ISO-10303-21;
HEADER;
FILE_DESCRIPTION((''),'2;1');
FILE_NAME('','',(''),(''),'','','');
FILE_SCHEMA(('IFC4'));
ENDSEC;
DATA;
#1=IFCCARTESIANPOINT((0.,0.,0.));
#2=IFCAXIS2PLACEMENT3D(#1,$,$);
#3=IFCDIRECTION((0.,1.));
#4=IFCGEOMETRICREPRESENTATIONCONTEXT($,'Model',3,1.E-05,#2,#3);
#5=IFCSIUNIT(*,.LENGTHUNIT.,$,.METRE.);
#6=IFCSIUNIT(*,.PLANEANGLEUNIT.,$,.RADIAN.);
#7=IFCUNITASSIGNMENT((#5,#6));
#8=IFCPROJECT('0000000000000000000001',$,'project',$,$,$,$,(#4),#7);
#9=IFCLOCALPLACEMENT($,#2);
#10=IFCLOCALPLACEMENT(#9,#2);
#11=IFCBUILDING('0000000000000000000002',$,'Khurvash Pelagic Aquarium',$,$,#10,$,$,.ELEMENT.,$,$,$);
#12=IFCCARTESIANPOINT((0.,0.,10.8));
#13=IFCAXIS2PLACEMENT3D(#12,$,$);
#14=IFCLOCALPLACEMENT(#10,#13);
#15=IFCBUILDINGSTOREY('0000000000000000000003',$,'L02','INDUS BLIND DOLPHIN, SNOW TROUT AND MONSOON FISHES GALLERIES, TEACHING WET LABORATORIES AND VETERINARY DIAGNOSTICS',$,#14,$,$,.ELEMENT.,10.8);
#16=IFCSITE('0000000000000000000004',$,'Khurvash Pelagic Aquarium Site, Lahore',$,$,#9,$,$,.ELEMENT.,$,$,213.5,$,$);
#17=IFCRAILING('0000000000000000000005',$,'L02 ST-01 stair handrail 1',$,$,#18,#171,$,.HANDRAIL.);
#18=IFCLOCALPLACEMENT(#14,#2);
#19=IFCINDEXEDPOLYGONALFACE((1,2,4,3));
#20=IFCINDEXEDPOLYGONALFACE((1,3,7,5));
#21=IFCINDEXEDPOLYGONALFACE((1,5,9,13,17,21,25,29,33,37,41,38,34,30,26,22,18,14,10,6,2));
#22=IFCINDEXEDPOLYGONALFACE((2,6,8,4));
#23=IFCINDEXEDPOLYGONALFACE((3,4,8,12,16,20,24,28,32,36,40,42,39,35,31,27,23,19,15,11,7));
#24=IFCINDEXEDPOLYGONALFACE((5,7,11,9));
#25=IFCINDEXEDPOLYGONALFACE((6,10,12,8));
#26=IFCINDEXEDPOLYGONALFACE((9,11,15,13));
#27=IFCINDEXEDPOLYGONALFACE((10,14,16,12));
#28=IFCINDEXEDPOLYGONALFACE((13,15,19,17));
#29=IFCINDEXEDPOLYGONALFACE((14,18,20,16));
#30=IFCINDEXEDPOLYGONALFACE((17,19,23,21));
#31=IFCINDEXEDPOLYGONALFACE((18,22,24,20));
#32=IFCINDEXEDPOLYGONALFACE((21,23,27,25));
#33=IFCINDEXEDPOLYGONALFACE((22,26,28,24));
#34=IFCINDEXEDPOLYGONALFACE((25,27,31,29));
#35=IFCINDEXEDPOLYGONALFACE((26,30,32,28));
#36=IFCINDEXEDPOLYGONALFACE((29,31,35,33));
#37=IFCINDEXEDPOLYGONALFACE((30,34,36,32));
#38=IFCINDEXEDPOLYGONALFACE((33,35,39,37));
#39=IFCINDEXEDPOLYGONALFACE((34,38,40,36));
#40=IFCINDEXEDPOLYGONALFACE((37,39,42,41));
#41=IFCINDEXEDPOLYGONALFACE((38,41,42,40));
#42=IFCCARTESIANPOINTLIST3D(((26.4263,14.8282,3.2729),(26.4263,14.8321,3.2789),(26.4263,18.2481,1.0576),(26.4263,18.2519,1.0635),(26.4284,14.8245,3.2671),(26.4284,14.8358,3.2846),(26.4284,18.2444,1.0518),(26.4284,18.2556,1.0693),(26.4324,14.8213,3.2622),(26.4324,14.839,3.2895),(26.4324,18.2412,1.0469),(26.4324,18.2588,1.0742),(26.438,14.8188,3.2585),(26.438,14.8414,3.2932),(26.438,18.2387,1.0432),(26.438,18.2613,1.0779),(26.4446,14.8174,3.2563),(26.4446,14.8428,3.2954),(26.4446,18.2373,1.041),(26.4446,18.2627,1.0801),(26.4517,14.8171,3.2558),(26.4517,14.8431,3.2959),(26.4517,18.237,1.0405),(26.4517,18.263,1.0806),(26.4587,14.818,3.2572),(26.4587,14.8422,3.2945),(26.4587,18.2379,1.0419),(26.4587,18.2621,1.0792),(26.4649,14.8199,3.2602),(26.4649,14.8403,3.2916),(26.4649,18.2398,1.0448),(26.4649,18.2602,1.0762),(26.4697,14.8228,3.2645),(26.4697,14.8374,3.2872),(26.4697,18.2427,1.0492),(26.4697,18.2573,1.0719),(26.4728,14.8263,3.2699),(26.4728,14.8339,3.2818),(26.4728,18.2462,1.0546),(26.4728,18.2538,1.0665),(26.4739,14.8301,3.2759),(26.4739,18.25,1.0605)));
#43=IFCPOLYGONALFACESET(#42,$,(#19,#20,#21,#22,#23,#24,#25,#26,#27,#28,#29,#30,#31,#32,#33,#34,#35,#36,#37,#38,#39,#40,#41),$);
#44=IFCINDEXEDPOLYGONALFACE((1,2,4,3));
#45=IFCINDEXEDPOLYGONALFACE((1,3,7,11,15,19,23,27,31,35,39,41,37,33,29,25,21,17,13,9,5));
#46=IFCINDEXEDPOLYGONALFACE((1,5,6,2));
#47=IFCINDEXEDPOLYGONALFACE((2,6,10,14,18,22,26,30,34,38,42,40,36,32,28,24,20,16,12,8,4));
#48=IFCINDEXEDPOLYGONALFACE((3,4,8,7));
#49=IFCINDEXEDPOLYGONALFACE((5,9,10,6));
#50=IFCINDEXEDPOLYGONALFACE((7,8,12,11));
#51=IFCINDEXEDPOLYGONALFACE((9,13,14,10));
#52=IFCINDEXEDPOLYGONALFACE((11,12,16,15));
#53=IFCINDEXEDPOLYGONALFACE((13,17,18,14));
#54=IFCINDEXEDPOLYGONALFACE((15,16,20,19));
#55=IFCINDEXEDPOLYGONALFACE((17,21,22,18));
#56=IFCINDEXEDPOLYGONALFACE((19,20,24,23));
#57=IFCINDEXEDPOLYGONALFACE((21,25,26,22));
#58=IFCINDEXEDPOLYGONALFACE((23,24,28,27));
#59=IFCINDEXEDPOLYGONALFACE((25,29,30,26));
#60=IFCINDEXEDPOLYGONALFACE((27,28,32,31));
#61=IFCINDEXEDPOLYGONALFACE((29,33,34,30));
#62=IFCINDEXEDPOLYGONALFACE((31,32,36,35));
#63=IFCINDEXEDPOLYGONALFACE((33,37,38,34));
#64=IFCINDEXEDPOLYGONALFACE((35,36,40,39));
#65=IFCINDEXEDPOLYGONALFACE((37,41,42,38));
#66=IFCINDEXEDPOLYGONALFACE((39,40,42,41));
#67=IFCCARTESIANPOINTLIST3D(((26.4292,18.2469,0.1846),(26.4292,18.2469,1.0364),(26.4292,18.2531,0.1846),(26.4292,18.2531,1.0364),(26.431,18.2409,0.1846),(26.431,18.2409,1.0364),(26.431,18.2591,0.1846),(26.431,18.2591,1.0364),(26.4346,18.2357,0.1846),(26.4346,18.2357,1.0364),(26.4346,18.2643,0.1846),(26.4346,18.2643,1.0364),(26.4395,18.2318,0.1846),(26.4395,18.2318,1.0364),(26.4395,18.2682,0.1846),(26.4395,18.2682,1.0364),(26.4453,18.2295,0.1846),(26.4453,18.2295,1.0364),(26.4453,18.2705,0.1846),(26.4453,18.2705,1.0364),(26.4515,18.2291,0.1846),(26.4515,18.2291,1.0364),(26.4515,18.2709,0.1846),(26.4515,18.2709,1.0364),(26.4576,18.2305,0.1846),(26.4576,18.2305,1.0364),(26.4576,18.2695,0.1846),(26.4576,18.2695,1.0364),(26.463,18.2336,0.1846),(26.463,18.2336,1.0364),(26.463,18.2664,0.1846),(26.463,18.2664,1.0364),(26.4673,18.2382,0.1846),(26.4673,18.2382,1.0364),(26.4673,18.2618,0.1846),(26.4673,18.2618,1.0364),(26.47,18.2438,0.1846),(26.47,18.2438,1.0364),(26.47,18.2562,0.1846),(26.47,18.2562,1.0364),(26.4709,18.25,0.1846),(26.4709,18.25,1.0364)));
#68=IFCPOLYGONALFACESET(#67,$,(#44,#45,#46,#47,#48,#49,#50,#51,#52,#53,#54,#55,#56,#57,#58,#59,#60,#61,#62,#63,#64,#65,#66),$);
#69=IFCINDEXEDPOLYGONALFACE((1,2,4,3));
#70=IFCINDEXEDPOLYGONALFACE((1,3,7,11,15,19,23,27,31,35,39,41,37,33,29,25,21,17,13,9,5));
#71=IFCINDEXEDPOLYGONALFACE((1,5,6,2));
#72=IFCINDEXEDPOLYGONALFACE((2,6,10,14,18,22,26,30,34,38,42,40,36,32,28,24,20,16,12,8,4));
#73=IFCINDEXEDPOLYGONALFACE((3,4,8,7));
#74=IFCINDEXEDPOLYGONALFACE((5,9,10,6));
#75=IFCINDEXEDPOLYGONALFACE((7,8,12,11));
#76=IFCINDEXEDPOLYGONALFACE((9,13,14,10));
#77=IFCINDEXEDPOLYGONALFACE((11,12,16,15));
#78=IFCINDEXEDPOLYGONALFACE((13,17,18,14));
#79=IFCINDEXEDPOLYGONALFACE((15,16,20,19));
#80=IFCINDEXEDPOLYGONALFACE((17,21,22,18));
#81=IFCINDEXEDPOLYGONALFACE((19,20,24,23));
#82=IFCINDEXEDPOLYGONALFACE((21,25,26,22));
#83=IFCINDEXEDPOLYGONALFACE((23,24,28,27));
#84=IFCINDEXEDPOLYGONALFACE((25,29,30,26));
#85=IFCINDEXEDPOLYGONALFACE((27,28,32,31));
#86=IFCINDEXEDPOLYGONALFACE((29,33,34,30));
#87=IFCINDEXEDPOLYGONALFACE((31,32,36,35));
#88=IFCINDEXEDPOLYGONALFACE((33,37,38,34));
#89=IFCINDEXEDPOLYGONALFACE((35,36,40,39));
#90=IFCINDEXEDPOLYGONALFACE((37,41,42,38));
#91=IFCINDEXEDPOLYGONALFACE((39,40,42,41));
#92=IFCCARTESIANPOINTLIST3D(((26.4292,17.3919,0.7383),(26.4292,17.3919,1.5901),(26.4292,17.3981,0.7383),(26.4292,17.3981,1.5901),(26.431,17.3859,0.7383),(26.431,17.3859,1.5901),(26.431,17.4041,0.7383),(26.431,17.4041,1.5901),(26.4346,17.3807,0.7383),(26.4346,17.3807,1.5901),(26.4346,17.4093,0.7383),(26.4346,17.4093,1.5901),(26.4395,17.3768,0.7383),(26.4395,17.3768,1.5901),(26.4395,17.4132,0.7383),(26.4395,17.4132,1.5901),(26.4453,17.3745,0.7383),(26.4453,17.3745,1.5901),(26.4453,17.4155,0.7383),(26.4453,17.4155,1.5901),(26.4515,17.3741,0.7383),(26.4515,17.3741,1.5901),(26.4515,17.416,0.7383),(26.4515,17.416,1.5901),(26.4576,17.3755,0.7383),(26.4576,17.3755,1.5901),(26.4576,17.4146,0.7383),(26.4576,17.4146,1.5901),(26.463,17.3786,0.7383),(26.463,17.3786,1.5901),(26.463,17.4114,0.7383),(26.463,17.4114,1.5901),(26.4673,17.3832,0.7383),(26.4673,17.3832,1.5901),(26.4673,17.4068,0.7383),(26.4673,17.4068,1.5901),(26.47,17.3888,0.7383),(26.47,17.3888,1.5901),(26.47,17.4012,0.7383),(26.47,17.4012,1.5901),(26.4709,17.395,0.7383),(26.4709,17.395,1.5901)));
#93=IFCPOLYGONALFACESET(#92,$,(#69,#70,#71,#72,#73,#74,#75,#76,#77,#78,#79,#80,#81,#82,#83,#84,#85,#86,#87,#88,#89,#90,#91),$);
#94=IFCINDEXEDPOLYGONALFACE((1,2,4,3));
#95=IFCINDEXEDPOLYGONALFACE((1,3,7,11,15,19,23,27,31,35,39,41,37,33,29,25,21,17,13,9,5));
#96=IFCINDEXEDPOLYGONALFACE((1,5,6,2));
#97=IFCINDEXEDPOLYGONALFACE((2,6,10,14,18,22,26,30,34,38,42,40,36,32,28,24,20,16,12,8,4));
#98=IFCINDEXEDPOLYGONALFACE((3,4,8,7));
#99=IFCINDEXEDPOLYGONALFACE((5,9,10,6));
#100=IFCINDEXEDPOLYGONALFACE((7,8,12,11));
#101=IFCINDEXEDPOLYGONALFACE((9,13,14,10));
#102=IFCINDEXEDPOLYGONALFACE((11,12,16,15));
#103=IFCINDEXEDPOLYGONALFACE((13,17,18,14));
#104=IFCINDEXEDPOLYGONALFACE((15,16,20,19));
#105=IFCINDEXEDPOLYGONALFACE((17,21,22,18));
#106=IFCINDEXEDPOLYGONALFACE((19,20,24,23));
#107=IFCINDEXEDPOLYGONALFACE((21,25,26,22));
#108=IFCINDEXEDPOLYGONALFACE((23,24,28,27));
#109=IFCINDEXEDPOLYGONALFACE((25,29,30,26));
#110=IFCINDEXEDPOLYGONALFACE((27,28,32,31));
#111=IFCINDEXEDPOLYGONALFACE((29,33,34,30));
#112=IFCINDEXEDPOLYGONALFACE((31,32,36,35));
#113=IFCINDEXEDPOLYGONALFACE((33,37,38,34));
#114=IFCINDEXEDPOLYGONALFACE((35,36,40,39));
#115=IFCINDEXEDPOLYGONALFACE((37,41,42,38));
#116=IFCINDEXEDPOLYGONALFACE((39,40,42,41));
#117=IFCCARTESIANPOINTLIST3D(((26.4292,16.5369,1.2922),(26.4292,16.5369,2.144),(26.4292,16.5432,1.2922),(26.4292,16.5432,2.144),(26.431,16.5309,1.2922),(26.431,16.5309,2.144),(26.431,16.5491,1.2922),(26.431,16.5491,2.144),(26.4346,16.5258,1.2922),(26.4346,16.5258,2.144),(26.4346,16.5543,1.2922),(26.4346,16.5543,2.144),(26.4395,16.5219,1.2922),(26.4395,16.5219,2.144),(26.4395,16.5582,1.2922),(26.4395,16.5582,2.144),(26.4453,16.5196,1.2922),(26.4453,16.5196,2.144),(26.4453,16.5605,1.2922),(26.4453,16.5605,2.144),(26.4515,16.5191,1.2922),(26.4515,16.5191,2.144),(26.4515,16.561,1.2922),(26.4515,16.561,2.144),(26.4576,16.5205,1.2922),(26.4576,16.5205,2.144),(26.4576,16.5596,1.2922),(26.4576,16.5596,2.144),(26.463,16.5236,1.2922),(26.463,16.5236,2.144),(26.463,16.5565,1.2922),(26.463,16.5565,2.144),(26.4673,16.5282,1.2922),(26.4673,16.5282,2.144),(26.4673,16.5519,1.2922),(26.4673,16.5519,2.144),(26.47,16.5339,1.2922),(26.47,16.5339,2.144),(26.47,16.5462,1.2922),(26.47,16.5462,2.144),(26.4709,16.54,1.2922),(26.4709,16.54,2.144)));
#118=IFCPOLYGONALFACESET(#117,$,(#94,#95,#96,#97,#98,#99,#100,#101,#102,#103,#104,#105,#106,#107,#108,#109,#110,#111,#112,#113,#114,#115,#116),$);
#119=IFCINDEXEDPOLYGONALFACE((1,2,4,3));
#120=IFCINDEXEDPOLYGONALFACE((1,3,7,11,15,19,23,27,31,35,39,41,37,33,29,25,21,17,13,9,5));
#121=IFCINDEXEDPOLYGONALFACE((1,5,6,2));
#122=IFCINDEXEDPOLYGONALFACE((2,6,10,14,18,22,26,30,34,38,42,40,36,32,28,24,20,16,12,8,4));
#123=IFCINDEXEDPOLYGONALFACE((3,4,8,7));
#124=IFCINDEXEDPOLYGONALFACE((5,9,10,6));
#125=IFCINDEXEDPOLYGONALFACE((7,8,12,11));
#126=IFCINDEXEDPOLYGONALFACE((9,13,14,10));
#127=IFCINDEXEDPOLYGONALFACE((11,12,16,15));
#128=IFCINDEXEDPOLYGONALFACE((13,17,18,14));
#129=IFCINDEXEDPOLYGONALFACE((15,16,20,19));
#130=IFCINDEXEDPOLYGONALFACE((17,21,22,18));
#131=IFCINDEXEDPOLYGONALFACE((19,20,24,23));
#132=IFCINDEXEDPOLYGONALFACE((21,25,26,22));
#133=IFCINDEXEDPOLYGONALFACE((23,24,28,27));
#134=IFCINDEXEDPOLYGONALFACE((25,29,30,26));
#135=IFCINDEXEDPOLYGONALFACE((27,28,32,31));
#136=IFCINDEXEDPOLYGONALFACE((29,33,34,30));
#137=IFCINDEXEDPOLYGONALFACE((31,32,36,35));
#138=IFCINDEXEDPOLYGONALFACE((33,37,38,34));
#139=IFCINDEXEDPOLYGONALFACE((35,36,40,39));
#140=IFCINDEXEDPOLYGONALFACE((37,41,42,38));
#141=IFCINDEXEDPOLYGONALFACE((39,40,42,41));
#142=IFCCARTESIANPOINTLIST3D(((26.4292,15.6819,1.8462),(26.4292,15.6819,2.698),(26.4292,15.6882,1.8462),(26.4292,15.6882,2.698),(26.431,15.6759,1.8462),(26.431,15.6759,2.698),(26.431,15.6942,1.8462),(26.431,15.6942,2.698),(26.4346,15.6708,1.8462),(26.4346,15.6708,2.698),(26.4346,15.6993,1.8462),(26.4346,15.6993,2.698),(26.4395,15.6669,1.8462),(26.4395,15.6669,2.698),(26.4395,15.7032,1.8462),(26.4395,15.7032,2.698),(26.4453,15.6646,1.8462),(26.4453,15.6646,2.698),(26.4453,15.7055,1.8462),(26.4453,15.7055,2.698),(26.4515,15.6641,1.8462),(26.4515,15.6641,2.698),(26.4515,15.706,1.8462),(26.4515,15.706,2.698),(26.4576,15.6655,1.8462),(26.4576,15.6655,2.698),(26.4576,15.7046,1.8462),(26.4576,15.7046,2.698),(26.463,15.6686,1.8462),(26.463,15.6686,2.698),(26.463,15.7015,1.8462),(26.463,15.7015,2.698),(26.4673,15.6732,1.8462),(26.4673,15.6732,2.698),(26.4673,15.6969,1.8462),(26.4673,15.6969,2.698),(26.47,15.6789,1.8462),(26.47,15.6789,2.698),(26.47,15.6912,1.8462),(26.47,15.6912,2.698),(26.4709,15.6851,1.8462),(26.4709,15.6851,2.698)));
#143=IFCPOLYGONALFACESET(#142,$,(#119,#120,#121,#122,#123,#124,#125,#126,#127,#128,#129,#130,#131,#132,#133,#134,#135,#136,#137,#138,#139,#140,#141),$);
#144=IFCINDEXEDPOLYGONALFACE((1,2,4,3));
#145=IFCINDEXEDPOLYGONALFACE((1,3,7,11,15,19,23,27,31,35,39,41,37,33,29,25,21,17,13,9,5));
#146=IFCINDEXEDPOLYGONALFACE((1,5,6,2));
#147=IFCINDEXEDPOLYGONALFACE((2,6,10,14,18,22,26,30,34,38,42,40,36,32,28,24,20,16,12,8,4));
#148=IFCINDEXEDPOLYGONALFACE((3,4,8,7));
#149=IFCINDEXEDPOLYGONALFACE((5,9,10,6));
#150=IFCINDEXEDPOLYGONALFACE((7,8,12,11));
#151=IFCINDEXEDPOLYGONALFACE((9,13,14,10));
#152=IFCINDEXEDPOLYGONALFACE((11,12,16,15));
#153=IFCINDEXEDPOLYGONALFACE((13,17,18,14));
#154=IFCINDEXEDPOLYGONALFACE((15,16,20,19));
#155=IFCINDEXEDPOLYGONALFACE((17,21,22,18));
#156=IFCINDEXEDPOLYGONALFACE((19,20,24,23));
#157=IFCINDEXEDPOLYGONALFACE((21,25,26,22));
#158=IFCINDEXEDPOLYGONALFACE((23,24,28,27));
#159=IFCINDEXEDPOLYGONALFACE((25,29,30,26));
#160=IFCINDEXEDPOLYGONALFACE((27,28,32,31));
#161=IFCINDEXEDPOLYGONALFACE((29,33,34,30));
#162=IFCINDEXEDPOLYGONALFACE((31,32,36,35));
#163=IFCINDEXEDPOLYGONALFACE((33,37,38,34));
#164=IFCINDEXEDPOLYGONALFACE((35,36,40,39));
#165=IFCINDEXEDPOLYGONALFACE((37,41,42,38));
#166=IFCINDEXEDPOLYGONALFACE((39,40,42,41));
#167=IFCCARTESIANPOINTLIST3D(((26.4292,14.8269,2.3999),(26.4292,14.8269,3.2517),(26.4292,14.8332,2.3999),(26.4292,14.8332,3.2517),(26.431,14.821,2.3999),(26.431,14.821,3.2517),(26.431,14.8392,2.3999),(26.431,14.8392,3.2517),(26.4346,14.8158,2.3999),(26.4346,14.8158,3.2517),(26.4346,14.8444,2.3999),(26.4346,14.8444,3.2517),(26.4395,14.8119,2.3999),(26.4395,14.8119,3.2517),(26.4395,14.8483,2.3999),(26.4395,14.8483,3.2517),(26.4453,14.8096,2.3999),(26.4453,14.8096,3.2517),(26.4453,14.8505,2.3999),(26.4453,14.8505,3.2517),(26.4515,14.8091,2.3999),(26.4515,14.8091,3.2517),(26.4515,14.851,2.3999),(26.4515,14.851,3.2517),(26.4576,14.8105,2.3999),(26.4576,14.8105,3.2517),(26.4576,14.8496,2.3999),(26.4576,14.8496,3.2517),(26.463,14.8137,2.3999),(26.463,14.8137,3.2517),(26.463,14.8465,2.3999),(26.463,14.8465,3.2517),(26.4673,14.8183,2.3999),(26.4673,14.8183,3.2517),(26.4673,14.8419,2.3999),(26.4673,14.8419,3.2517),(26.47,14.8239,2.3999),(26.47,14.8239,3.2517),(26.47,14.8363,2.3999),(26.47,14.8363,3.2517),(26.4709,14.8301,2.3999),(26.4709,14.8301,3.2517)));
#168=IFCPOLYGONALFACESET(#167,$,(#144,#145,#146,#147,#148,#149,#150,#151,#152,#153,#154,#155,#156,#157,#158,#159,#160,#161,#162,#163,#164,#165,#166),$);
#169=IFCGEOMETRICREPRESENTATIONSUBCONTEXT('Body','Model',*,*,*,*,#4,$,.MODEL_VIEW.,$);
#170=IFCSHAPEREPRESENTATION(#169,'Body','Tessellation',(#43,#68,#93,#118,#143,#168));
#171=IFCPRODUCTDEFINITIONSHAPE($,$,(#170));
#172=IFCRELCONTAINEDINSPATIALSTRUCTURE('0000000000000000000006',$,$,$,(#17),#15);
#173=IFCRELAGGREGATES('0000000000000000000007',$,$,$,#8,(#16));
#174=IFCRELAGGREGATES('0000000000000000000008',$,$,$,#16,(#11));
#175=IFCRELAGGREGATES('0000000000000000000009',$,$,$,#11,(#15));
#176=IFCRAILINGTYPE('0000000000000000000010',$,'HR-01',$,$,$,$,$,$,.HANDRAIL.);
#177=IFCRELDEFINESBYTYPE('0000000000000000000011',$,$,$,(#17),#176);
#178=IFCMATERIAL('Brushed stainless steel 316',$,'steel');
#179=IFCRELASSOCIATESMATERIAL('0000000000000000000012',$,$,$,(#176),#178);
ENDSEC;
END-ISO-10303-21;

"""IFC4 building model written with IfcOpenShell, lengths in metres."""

from ifc_helpers import new_model, si_unit, direction, frame, origin, origin_2d, place, context, subcontext, project, spatial, circle, extrude, material, type_object, element, save


model = new_model("IFC4")

# Units and contexts
model_context = context("Model", 3, precision=1e-05, world=origin(), true_north=direction((0.0, 1.0)))
body_context = subcontext(model_context, "Body", "Model", "MODEL_VIEW")
ifc_project = project(units=[si_unit("LENGTHUNIT", "METRE"), si_unit("PLANEANGLEUNIT", "RADIAN")], contexts=[model_context])

# Site, building, storey
site_placement = place(None, origin())
site = spatial("IfcSite", under=ifc_project, at=site_placement, Name="Khurvash Pelagic Aquarium Site, Lahore", CompositionType="ELEMENT", RefElevation=213.5)
building_placement = place(site_placement, origin())
building = spatial("IfcBuilding", under=site, at=building_placement, Name="Khurvash Pelagic Aquarium", CompositionType="ELEMENT")
storey_placement = place(building_placement, frame((0.0, 0.0, 10.8)))
storey = spatial("IfcBuildingStorey", under=building, at=storey_placement, Name="L02", Description="INDUS BLIND DOLPHIN, SNOW TROUT AND MONSOON FISHES GALLERIES, TEACHING WET LABORATORIES AND VETERINARY DIAGNOSTICS", CompositionType="ELEMENT", Elevation=10.8)

# Railing
ifc_material_1 = material(Name="Brushed stainless steel 316", Category="steel")
railing_type_1 = type_object("IfcRailingType", Name="HR-01", PredefinedType="HANDRAIL", material=ifc_material_1)
railing_1_placement = place(storey_placement, frame((26.45, 18.25, 0.1846)))
element("IfcRailing", 1, at=railing_1_placement, inside=storey, type_object=railing_type_1, Name="L02 ST-01 stair handrail 1", PredefinedType="HANDRAIL", context=body_context, shape_type="SweptSolid", body=[
    extrude(circle(Radius=0.0239, at=origin_2d()), frame((0.0, 0.0, 0.876), z_axis=(0.0, -0.839297, 0.543674), x_axis=(1.0, 0.0, 0.0)), (0.0, 0.0, 1.0), 4.0747),
    extrude(circle(Radius=0.021, at=origin_2d()), origin(), (0.0, 0.0, 1.0), 0.8518),
    extrude(circle(Radius=0.021, at=origin_2d()), frame((0.0, -0.855, 0.5537)), (0.0, 0.0, 1.0), 0.8518),
    extrude(circle(Radius=0.021, at=origin_2d()), frame((0.0, -1.71, 1.1077)), (0.0, 0.0, 1.0), 0.8518),
    extrude(circle(Radius=0.021, at=origin_2d()), frame((0.0, -2.5649, 1.6616)), (0.0, 0.0, 1.0), 0.8518),
    extrude(circle(Radius=0.021, at=origin_2d()), frame((0.0, -3.4199, 2.2153)), (0.0, 0.0, 1.0), 0.8518),
])

save(model, "model.ifc")
